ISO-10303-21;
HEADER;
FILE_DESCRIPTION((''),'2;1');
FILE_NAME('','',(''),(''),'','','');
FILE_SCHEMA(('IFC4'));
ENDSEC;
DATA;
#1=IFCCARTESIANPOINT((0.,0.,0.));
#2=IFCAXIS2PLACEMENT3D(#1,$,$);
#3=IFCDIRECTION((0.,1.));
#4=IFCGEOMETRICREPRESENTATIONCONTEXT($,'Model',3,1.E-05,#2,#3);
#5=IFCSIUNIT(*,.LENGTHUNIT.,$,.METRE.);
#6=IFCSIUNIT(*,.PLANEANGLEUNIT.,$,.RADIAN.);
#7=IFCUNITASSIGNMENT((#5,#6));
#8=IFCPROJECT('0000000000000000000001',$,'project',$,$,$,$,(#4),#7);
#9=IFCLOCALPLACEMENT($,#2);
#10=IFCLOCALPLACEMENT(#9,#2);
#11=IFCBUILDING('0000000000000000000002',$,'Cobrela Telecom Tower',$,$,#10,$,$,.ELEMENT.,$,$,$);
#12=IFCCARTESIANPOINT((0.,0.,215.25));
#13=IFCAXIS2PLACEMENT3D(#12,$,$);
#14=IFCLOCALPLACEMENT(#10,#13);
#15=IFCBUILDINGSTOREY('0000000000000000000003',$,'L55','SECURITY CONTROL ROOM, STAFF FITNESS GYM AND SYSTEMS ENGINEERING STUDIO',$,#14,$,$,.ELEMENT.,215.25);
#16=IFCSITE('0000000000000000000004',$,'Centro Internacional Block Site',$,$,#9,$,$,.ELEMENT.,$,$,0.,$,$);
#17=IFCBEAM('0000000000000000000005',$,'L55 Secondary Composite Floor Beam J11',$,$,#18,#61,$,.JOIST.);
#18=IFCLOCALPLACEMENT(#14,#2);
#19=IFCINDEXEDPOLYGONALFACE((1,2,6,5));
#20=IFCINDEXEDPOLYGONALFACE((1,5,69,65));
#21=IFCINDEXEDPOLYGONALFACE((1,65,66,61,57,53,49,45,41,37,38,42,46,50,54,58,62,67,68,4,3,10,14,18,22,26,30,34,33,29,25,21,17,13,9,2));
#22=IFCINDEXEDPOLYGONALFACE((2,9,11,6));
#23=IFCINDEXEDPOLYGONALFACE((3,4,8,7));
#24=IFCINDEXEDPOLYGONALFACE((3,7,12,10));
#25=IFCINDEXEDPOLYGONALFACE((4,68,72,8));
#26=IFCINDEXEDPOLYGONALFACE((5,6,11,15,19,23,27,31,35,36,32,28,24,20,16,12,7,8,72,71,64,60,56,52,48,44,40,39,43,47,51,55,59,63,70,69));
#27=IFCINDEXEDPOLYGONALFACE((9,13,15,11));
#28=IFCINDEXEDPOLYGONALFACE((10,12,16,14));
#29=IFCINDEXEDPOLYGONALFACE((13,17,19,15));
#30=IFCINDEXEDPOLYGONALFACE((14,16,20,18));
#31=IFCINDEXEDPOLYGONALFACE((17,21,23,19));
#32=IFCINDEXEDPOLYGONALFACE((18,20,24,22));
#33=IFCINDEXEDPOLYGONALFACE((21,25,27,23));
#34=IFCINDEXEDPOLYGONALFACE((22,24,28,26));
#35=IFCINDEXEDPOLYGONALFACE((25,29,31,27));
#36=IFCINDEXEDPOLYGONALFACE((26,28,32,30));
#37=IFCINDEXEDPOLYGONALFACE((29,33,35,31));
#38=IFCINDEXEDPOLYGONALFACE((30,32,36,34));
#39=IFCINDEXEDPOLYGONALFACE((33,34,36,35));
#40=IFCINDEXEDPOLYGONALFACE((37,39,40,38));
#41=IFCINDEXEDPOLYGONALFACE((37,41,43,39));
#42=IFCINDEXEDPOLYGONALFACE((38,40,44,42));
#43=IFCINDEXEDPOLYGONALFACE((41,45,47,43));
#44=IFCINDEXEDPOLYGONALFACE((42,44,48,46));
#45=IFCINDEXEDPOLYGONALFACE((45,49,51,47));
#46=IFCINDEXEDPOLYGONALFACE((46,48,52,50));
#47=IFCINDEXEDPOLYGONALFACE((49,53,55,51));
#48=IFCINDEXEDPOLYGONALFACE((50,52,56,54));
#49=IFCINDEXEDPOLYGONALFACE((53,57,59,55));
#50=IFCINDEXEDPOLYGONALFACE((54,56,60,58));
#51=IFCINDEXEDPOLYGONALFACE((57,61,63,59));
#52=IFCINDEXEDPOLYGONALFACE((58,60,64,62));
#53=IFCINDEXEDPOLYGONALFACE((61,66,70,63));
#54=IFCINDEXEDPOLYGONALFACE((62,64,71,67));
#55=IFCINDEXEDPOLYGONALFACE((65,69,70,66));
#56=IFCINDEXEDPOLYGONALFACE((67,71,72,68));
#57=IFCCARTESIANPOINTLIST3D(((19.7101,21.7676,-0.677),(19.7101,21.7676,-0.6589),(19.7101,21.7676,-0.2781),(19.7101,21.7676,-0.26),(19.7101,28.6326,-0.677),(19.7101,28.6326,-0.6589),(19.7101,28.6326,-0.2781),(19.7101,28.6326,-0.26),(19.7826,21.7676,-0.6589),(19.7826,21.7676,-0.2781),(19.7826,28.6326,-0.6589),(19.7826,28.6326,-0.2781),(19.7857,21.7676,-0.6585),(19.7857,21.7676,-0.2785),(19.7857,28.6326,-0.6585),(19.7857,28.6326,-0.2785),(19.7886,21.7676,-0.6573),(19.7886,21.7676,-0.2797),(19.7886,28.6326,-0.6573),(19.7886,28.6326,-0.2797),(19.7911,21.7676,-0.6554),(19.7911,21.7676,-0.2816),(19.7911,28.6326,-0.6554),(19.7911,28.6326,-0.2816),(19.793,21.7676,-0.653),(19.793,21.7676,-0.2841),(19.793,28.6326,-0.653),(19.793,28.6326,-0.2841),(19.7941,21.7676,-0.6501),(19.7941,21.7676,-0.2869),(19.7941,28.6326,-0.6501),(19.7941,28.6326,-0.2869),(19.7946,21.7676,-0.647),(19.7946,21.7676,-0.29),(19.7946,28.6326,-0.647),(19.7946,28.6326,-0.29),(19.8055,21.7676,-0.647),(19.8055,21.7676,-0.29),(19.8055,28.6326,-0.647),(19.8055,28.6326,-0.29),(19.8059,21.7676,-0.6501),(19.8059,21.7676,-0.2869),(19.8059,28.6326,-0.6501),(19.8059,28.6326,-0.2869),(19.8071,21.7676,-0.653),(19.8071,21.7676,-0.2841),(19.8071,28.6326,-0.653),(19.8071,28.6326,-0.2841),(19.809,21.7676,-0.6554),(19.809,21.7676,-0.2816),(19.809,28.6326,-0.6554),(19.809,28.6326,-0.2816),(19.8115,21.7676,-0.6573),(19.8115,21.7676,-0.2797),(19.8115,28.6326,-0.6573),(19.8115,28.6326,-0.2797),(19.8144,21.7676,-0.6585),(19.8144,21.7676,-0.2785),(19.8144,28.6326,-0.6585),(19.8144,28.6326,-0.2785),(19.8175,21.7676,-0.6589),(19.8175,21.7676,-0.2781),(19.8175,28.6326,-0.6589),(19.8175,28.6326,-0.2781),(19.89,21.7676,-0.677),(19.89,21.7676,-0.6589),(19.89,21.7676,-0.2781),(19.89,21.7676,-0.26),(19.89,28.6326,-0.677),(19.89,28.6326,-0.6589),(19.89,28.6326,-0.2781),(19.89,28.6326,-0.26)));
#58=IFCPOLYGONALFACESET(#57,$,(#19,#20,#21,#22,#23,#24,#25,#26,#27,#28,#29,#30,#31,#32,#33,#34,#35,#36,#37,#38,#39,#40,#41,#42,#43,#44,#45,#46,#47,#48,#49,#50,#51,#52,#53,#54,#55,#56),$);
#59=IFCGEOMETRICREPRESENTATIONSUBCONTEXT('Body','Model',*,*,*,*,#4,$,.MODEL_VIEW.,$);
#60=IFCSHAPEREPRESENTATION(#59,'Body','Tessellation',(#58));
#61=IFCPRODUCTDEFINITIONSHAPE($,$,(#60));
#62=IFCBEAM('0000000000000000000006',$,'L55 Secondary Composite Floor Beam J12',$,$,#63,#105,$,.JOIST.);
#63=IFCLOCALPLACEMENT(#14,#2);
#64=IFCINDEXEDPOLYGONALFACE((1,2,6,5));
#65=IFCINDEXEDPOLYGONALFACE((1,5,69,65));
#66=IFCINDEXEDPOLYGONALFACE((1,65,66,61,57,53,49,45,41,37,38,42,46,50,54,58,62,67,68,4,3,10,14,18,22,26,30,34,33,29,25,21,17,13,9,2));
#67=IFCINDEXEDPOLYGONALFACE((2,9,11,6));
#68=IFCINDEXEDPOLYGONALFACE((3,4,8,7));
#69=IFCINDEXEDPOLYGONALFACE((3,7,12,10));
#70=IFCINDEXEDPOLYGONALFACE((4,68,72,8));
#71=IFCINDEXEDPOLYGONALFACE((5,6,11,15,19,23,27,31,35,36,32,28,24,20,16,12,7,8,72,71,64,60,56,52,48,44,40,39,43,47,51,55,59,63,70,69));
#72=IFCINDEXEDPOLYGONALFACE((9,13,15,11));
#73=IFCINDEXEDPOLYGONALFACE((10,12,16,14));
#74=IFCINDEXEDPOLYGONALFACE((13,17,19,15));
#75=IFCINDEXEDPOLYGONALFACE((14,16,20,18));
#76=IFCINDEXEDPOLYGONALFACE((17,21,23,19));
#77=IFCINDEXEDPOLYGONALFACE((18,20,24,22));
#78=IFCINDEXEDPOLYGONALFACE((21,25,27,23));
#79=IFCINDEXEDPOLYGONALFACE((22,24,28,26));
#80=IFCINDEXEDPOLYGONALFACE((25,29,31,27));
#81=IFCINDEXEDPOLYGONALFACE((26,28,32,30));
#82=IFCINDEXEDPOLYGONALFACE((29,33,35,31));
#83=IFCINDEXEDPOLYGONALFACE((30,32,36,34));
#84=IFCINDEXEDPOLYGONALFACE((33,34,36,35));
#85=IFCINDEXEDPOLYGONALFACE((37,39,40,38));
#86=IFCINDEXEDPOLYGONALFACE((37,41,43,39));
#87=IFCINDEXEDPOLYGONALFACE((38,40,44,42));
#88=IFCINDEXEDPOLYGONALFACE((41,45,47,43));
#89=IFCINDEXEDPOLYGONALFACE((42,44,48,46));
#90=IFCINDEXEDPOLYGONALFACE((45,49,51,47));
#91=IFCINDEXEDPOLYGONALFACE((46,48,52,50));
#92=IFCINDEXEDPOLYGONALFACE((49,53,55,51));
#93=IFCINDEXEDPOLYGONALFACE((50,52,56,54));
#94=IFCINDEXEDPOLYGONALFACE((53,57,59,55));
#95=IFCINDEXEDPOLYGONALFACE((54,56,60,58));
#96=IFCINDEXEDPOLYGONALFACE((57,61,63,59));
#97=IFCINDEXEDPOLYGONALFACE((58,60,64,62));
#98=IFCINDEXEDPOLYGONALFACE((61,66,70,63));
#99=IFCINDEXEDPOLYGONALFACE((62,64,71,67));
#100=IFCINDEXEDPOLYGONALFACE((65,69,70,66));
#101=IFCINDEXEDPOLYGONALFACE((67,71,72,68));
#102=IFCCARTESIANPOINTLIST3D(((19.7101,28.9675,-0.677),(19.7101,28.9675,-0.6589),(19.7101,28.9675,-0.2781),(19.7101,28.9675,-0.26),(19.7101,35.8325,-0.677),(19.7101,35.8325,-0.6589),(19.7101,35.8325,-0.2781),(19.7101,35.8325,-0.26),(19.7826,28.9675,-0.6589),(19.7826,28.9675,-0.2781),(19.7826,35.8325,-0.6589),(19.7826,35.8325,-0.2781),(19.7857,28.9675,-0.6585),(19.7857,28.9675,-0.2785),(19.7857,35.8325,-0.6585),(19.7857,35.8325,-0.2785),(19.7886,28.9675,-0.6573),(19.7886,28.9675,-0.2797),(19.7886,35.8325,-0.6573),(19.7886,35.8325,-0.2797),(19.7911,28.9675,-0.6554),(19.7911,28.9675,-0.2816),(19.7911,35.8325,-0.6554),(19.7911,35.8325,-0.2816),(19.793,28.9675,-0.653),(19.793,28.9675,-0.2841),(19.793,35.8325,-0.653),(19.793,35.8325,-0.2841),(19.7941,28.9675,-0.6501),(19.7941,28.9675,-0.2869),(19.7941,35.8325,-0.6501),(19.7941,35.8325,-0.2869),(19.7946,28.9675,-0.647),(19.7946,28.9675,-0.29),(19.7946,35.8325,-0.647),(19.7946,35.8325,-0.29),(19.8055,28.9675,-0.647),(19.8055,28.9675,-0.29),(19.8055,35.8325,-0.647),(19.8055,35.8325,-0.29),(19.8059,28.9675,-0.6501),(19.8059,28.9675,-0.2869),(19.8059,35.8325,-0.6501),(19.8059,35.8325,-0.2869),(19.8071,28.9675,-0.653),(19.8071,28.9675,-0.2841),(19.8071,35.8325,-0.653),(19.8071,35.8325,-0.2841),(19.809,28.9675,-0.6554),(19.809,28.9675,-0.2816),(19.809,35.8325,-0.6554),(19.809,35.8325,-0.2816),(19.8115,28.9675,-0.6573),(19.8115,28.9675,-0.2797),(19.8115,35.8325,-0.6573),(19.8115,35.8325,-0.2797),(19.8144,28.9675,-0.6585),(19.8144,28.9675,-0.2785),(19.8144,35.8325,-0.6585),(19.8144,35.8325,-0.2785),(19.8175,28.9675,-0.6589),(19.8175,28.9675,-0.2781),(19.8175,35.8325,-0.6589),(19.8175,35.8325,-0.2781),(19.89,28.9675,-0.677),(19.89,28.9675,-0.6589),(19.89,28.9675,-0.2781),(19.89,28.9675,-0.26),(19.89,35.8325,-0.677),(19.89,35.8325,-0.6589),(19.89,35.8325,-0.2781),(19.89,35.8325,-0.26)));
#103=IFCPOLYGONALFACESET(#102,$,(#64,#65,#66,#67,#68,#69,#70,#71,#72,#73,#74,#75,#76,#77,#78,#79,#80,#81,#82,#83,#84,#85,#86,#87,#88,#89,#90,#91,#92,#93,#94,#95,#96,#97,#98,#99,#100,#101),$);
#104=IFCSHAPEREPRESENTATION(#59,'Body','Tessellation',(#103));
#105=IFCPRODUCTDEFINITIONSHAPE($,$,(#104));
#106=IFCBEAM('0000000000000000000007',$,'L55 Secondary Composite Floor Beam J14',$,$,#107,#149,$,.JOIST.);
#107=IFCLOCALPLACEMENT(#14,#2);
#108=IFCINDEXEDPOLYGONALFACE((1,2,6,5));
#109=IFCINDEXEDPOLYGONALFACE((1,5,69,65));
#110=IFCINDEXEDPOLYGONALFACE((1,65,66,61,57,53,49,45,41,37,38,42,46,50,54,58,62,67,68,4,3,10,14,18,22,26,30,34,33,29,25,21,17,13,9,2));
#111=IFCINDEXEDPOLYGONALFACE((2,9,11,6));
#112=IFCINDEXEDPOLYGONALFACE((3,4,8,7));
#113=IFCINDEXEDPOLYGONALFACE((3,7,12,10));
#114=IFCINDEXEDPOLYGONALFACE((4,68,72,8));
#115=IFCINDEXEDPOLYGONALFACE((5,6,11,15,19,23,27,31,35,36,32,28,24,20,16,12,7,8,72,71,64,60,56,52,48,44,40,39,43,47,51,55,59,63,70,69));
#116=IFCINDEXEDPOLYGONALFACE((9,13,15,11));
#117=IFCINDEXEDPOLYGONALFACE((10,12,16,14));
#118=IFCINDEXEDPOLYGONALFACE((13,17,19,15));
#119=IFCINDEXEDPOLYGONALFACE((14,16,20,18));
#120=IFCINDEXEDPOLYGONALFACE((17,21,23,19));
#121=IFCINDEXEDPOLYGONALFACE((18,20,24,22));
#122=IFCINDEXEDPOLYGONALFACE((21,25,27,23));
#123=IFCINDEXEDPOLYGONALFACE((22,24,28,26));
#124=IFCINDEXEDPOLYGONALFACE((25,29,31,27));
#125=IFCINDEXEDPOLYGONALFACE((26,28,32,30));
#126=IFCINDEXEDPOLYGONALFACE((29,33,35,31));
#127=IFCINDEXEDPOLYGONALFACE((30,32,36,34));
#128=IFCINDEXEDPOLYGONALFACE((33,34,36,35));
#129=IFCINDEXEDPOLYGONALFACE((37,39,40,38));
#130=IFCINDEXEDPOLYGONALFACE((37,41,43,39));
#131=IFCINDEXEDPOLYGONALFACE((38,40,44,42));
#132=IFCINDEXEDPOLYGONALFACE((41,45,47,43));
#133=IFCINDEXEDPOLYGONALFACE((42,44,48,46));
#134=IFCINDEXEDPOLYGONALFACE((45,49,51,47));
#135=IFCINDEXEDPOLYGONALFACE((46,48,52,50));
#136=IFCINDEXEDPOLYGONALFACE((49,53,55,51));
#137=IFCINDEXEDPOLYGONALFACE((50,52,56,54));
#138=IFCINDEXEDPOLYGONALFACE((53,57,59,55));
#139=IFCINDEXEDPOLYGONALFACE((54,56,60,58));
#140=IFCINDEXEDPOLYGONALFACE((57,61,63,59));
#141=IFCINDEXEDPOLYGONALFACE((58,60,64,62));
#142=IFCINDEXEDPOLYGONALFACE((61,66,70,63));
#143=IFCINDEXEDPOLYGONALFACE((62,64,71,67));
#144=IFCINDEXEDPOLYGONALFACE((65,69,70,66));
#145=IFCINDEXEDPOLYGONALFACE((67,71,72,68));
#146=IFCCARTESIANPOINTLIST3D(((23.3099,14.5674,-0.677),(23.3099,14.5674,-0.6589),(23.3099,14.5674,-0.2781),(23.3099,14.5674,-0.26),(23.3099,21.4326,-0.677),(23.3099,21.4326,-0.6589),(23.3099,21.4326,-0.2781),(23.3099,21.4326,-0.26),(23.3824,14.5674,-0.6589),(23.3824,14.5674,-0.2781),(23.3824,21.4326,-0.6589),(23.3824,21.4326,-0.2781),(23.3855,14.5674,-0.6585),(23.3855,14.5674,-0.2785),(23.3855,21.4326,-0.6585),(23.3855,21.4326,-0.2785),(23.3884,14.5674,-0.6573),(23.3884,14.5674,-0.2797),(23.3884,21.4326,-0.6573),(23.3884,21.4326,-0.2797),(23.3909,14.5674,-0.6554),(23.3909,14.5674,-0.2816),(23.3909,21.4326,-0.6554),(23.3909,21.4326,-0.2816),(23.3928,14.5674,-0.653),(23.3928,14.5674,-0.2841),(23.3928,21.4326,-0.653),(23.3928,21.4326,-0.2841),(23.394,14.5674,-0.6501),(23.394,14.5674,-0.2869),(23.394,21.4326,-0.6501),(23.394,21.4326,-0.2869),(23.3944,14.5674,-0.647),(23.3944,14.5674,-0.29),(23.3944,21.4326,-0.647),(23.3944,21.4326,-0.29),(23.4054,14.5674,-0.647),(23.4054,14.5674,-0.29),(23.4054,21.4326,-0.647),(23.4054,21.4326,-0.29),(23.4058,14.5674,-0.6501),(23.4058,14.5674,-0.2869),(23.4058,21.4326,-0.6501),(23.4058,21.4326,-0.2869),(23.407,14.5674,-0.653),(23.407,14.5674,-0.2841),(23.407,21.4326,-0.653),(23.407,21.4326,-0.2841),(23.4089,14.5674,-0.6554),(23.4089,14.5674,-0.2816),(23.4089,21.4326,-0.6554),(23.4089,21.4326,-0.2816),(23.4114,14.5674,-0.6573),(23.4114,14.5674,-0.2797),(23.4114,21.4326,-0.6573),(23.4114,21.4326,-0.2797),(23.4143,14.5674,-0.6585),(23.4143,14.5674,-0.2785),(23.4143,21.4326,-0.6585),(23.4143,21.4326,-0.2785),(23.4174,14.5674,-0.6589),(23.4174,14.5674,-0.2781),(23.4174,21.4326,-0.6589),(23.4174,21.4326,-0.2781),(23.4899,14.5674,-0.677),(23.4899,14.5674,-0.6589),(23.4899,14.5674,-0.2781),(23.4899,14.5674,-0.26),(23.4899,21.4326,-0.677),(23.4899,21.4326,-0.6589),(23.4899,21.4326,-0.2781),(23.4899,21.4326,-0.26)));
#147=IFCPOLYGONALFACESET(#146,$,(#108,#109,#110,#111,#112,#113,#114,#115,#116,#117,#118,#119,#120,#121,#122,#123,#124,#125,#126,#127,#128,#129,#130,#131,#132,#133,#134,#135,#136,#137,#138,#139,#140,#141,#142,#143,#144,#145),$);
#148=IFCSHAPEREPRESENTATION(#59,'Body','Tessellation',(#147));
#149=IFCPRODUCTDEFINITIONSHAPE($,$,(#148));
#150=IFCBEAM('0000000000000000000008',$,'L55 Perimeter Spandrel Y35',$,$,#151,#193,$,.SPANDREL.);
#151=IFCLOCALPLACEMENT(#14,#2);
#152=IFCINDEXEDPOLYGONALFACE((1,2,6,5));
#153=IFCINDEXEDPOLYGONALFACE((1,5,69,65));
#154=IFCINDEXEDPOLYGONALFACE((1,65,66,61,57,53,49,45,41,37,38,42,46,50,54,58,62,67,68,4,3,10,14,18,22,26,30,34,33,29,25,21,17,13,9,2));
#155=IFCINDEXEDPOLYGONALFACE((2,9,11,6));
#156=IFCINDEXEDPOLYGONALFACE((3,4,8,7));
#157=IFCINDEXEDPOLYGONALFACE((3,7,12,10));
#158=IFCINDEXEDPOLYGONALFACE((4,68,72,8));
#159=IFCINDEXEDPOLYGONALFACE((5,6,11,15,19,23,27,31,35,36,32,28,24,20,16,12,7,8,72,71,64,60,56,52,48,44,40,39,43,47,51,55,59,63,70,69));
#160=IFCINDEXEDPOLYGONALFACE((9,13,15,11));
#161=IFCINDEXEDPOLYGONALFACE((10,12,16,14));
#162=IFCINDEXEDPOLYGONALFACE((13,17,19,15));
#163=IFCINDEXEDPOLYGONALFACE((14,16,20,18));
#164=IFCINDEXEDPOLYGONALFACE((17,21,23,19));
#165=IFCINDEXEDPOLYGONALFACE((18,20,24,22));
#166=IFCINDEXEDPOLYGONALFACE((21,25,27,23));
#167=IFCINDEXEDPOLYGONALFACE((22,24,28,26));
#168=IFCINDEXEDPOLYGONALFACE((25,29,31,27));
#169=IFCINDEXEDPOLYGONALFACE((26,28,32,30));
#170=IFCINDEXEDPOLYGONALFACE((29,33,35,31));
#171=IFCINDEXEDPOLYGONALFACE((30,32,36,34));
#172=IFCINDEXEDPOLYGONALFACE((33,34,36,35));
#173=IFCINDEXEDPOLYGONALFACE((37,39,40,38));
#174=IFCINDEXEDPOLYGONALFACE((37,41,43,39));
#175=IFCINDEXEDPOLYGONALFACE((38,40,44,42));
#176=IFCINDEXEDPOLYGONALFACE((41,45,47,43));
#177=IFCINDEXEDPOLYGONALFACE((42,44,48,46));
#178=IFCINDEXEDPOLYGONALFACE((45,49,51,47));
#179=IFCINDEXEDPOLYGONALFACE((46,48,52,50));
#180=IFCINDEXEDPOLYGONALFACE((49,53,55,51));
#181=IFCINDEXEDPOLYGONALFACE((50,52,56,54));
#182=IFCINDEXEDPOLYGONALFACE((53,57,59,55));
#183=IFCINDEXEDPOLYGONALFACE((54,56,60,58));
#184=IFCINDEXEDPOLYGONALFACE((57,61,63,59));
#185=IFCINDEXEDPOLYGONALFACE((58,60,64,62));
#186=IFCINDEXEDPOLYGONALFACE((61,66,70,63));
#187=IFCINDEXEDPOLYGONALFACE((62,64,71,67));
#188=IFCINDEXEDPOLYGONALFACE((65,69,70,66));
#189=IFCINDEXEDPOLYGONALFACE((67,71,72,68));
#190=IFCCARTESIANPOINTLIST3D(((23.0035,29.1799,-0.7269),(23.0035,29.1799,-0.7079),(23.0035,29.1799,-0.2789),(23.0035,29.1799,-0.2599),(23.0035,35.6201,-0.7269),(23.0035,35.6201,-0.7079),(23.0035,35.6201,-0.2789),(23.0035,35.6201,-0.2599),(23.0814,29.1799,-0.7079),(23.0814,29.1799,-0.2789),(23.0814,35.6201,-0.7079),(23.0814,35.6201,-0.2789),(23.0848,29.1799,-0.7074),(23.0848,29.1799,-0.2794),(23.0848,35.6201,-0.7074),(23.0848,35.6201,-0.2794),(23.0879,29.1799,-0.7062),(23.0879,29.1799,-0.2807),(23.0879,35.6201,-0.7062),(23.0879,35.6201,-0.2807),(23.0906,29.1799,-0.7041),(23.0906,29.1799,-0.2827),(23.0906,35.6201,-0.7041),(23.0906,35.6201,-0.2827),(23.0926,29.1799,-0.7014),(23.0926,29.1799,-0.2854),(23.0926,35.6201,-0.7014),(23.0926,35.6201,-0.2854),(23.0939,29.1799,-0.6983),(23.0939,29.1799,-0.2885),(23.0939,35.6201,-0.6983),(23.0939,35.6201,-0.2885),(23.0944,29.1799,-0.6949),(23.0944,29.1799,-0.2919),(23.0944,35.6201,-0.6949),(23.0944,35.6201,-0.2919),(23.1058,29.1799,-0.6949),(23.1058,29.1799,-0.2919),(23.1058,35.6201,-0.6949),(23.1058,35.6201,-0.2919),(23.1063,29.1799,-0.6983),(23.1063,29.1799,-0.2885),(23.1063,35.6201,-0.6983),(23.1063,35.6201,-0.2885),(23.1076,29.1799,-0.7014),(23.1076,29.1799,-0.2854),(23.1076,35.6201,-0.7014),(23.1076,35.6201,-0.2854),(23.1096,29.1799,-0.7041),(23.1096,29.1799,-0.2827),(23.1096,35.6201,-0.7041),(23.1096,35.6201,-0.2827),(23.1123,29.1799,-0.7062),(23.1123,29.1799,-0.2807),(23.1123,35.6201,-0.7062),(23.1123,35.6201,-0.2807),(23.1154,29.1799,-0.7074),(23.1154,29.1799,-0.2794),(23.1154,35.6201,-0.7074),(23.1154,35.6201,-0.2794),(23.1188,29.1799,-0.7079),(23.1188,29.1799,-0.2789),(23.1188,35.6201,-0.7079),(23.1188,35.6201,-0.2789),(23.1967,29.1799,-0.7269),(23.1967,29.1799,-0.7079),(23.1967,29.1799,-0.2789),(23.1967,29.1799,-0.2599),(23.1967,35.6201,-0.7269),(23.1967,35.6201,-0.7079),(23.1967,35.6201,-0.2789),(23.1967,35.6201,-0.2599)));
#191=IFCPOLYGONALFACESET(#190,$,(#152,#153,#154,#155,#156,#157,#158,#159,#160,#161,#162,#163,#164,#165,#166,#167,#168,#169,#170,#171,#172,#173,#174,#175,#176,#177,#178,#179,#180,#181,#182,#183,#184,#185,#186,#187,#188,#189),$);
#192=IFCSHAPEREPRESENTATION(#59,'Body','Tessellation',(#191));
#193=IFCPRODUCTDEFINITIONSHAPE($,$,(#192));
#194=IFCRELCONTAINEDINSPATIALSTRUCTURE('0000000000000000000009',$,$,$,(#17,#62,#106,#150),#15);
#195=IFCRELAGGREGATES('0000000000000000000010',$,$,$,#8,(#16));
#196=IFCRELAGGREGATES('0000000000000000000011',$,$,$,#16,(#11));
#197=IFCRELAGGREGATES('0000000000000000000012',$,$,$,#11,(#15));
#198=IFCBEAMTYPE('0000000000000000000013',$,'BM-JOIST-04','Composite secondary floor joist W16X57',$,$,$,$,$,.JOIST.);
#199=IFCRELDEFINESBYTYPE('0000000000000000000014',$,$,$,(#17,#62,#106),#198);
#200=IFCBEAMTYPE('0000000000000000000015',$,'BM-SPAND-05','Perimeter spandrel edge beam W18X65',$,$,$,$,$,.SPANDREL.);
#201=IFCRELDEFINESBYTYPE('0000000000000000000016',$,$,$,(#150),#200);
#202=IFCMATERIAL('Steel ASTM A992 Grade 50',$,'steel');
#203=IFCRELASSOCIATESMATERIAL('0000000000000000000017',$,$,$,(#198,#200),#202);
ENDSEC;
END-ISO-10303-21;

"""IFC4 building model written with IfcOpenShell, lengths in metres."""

from ifc_helpers import new_model, si_unit, direction, frame, origin, origin_2d, place, context, subcontext, project, spatial, i_section, extrude, material, material_profile, profile_set, type_object, element, save


model = new_model("IFC4")

# Units and contexts
model_context = context("Model", 3, precision=1e-05, world=origin(), true_north=direction((0.0, 1.0)))
body_context = subcontext(model_context, "Body", "Model", "MODEL_VIEW")
ifc_project = project(units=[si_unit("LENGTHUNIT", "METRE"), si_unit("PLANEANGLEUNIT", "RADIAN")], contexts=[model_context])

# Site, building, storey
site_placement = place(None, origin())
site = spatial("IfcSite", under=ifc_project, at=site_placement, Name="Centro Internacional Block Site", CompositionType="ELEMENT", RefElevation=0.0)
building_placement = place(site_placement, origin())
building = spatial("IfcBuilding", under=site, at=building_placement, Name="Cobrela Telecom Tower", CompositionType="ELEMENT")
storey_placement = place(building_placement, frame((0.0, 0.0, 215.25)))
storey = spatial("IfcBuildingStorey", under=building, at=storey_placement, Name="L55", Description="SECURITY CONTROL ROOM, STAFF FITNESS GYM AND SYSTEMS ENGINEERING STUDIO", CompositionType="ELEMENT", Elevation=215.25)

# Shared definitions
ifc_material_1 = material(Name="Steel ASTM A992 Grade 50", Category="steel")

# Beams
ifc_material_profile_1 = material_profile(ifc_material_1, i_section(OverallWidth=0.1799, OverallDepth=0.417, WebThickness=0.011, FlangeThickness=0.0181, FilletRadius=0.012, at=origin_2d()), Name="W16X57")
ifc_profile_set_1 = profile_set([ifc_material_profile_1], Name="Steel ASTM A992 Grade 50")
beam_type_1 = type_object("IfcBeamType", Name="BM-JOIST-04", Description="Composite secondary floor joist W16X57", PredefinedType="JOIST", material=ifc_profile_set_1)
for number, where, z_axis, x_axis, name in (
    (1, (19.8, 21.7676, -0.4685), (0.0, 1.0, 0.0), (-1.0, 0.0, 0.0), "L55 Secondary Composite Floor Beam J11"),
    (2, (19.8, 28.9675, -0.4685), (0.0, 1.0, 0.0), (-1.0, 0.0, 0.0), "L55 Secondary Composite Floor Beam J12"),
):
    element("IfcBeam", number, at=place(storey_placement, frame(where, z_axis=z_axis, x_axis=x_axis)), inside=storey, type_object=beam_type_1, Name=name, PredefinedType="JOIST", context=body_context, shape_type="SweptSolid", body=[
        extrude(i_section(OverallWidth=0.1799, OverallDepth=0.417, WebThickness=0.011, FlangeThickness=0.0181, FilletRadius=0.012, at=origin_2d()), origin(), (0.0, 0.0, 1.0), 6.865),
    ])
beam_1_placement = place(storey_placement, frame((23.3999, 14.5674, -0.4685), z_axis=(0.0, 1.0, 0.0), x_axis=(-1.0, 0.0, 0.0)))
element("IfcBeam", 3, at=beam_1_placement, inside=storey, type_object=beam_type_1, Name="L55 Secondary Composite Floor Beam J14", PredefinedType="JOIST", context=body_context, shape_type="SweptSolid", body=[
    extrude(i_section(OverallWidth=0.1799, OverallDepth=0.417, WebThickness=0.011, FlangeThickness=0.0181, FilletRadius=0.012, at=origin_2d()), origin(), (0.0, 0.0, 1.0), 6.8652),
])
ifc_material_profile_2 = material_profile(ifc_material_1, i_section(OverallWidth=0.1931, OverallDepth=0.467, WebThickness=0.0115, FlangeThickness=0.019, FilletRadius=0.0129, at=origin_2d()), Name="W18X65")
ifc_profile_set_2 = profile_set([ifc_material_profile_2], Name="Steel ASTM A992 Grade 50")
beam_type_2 = type_object("IfcBeamType", Name="BM-SPAND-05", Description="Perimeter spandrel edge beam W18X65", PredefinedType="SPANDREL", material=ifc_profile_set_2)
beam_2_placement = place(storey_placement, frame((23.1001, 29.1799, -0.4934), z_axis=(0.0, 1.0, 0.0), x_axis=(-1.0, 0.0, 0.0)))
element("IfcBeam", 4, at=beam_2_placement, inside=storey, type_object=beam_type_2, Name="L55 Perimeter Spandrel Y35", PredefinedType="SPANDREL", context=body_context, shape_type="SweptSolid", body=[
    extrude(i_section(OverallWidth=0.1931, OverallDepth=0.467, WebThickness=0.0115, FlangeThickness=0.019, FilletRadius=0.0129, at=origin_2d()), origin(), (0.0, 0.0, 1.0), 6.4402),
])

save(model, "model.ifc")
